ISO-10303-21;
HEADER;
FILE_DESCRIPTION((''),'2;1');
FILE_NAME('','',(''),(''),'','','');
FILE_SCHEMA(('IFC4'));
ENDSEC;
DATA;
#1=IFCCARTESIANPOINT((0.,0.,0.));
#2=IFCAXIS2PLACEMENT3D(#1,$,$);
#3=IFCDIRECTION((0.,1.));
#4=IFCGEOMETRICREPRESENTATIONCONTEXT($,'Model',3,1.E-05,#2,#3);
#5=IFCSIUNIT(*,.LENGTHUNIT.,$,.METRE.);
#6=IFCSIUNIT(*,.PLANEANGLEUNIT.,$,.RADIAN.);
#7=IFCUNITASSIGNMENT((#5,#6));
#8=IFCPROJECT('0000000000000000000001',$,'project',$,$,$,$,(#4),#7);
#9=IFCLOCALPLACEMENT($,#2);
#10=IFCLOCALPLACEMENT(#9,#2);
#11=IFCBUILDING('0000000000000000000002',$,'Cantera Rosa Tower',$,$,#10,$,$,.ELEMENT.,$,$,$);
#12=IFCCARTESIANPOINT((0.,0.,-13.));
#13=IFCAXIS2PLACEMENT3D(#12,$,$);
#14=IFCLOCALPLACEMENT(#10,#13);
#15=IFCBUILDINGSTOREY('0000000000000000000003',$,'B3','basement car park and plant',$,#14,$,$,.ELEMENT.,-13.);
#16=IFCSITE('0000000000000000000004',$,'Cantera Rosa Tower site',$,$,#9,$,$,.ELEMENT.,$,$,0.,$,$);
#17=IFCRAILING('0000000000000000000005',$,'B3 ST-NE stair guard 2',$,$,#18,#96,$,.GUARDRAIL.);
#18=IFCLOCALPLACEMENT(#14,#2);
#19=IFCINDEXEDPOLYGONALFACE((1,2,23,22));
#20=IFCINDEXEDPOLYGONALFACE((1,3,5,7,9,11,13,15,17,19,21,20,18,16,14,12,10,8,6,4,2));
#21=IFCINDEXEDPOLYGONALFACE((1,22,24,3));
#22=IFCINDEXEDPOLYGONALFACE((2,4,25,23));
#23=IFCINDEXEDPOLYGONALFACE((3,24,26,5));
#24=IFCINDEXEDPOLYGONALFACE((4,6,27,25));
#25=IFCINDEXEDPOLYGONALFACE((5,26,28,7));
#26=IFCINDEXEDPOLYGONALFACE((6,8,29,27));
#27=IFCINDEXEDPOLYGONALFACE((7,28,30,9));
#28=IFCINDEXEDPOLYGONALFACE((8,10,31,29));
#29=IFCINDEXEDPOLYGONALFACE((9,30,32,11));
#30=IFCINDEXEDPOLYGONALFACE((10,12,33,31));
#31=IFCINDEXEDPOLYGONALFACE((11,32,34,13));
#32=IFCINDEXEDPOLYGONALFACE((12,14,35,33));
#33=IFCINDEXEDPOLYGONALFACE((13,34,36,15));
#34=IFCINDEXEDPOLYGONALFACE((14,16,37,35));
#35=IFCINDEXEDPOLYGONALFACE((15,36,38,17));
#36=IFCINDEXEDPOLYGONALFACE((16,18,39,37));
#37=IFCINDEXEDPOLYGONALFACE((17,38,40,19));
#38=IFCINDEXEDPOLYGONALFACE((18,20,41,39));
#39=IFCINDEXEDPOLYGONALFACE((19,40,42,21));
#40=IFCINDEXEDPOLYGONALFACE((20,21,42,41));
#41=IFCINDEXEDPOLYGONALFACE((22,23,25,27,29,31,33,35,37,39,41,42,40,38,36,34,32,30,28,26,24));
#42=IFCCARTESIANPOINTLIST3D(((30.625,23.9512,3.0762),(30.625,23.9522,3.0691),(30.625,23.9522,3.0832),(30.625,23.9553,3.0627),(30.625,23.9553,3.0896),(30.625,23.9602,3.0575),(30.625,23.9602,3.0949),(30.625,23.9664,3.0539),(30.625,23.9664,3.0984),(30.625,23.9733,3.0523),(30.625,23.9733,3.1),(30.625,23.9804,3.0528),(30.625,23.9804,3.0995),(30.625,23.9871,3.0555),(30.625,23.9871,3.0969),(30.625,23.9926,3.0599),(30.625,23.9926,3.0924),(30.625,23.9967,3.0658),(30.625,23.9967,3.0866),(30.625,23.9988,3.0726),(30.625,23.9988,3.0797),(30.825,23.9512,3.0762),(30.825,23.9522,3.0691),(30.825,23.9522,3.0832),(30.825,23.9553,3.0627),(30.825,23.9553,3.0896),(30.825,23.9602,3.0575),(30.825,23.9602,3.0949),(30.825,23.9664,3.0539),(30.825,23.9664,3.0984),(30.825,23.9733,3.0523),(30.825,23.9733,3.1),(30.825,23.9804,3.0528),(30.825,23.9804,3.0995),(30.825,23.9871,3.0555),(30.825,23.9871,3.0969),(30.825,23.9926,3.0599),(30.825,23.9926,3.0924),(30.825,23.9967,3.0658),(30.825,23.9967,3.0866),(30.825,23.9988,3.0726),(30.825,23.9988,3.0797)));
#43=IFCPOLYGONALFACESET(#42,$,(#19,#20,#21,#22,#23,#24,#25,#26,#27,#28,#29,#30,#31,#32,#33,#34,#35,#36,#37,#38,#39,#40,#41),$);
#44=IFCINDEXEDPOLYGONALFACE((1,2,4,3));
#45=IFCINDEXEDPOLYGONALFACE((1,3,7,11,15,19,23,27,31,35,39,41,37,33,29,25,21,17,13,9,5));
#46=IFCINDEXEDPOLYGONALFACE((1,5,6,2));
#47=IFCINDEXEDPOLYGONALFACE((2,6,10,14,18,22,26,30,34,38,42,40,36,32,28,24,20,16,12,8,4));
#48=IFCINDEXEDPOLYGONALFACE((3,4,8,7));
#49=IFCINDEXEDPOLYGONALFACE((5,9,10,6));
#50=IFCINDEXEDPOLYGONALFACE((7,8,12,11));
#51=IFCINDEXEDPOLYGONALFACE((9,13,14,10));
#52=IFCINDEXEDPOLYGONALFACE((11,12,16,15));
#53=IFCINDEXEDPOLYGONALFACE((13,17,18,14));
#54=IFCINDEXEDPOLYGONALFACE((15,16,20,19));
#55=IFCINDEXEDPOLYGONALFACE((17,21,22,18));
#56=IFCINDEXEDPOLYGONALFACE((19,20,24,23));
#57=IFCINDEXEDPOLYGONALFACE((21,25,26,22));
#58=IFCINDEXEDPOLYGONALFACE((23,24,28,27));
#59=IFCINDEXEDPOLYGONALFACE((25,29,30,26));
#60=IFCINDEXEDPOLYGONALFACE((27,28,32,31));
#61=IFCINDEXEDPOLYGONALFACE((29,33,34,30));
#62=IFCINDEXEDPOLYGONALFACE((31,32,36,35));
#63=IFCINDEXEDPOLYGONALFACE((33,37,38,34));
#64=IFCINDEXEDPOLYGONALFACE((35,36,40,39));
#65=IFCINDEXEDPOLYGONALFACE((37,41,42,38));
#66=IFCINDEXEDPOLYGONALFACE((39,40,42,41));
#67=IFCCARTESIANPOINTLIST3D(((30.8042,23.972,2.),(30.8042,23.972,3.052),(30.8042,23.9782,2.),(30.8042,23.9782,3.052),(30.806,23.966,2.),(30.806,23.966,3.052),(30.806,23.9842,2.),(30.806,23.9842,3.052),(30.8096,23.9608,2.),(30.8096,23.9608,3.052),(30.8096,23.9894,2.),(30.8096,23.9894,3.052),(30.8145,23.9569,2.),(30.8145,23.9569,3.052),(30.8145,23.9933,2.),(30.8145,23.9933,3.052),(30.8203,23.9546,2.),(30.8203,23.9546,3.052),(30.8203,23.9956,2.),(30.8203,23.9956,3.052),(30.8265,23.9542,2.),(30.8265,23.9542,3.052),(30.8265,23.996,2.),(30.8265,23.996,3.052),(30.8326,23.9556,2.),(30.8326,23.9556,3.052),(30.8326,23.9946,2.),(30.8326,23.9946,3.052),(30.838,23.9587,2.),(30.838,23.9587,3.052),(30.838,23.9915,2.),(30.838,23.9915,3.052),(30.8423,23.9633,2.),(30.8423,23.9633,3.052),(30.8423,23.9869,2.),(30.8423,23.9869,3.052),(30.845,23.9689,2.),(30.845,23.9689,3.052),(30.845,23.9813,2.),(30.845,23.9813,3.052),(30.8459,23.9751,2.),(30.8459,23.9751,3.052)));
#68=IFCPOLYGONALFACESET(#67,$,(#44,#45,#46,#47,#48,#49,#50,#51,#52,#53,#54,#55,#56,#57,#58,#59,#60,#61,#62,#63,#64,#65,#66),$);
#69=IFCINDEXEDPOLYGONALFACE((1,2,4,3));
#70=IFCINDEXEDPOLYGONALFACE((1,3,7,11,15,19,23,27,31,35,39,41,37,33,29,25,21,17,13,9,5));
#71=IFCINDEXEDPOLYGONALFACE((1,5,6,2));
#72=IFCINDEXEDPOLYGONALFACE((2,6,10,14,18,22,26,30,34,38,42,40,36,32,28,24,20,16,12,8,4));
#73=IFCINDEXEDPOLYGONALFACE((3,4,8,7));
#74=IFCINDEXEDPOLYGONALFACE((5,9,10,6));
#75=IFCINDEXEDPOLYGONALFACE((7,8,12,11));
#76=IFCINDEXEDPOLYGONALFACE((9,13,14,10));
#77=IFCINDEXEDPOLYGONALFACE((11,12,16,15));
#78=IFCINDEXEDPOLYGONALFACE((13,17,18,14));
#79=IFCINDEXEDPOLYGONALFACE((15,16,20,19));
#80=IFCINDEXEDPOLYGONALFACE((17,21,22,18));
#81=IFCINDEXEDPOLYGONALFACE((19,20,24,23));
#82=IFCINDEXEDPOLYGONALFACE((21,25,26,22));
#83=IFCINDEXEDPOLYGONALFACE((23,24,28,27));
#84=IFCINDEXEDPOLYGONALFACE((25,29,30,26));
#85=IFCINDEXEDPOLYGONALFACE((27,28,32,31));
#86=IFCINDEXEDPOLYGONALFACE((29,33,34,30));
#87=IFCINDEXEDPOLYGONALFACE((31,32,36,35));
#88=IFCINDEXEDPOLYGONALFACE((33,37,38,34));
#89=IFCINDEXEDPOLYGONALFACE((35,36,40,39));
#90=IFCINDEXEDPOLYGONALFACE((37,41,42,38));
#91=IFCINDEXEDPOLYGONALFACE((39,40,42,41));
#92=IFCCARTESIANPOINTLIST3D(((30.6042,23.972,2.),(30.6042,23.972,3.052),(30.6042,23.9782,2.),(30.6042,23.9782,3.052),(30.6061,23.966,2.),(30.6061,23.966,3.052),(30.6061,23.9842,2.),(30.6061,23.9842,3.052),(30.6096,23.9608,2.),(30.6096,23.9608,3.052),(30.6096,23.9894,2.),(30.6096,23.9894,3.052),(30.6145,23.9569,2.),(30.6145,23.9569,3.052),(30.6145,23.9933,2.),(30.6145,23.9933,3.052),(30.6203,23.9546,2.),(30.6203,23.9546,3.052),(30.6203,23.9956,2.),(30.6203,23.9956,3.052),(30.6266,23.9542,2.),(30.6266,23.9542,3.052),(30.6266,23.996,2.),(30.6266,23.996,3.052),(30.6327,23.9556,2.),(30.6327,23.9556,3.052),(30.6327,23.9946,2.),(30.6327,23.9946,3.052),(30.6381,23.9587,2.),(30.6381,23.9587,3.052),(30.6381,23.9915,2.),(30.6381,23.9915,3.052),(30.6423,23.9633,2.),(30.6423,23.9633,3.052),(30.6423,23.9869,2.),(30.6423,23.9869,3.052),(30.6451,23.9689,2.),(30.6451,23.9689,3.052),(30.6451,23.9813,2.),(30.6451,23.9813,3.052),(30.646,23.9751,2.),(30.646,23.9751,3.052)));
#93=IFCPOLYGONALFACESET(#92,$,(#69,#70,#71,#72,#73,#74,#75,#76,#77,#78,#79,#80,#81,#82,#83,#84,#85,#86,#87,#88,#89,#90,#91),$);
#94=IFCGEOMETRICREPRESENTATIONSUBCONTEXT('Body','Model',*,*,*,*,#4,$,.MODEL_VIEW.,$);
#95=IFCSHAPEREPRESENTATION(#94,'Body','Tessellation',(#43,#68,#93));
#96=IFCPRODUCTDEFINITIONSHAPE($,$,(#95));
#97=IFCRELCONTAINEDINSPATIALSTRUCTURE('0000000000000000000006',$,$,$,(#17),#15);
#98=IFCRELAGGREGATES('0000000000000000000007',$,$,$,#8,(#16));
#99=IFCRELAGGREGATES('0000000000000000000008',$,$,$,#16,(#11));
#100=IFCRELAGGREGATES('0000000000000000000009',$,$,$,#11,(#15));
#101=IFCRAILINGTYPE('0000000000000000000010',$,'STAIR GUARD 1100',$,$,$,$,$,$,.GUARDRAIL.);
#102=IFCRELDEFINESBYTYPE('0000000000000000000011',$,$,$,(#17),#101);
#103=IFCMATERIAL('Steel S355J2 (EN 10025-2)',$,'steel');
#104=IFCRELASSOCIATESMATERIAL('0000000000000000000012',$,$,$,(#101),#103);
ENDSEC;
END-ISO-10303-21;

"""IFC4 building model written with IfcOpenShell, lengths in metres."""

from ifc_helpers import new_model, si_unit, direction, frame, origin, origin_2d, place, context, subcontext, project, spatial, circle, extrude, material, type_object, element, save


model = new_model("IFC4")

# Units and contexts
model_context = context("Model", 3, precision=1e-05, world=origin(), true_north=direction((0.0, 1.0)))
body_context = subcontext(model_context, "Body", "Model", "MODEL_VIEW")
ifc_project = project(units=[si_unit("LENGTHUNIT", "METRE"), si_unit("PLANEANGLEUNIT", "RADIAN")], contexts=[model_context])

# Site, building, storey
site_placement = place(None, origin())
site = spatial("IfcSite", under=ifc_project, at=site_placement, Name="Cantera Rosa Tower site", CompositionType="ELEMENT", RefElevation=0.0)
building_placement = place(site_placement, origin())
building = spatial("IfcBuilding", under=site, at=building_placement, Name="Cantera Rosa Tower", CompositionType="ELEMENT")
storey_placement = place(building_placement, frame((0.0, 0.0, -13.0)))
storey = spatial("IfcBuildingStorey", under=building, at=storey_placement, Name="B3", Description="basement car park and plant", CompositionType="ELEMENT", Elevation=-13.0)

# Railing
ifc_material_1 = material(Name="Steel S355J2 (EN 10025-2)", Category="steel")
railing_type_1 = type_object("IfcRailingType", Name="STAIR GUARD 1100", PredefinedType="GUARDRAIL", material=ifc_material_1)
railing_1_placement = place(storey_placement, frame((30.825, 23.9751, 2.0)))
element("IfcRailing", 1, at=railing_1_placement, inside=storey, type_object=railing_type_1, Name="B3 ST-NE stair guard 2", PredefinedType="GUARDRAIL", context=body_context, shape_type="SweptSolid", body=[
    extrude(circle(Radius=0.0239, at=origin_2d()), frame((0.0, 0.0, 1.0762), z_axis=(-1.0, 0.0, 0.0), x_axis=(0.0, -1.0, 0.0)), (0.0, 0.0, 1.0), 0.2),
    extrude(circle(Radius=0.021, at=origin_2d()), origin(), (0.0, 0.0, 1.0), 1.052),
    extrude(circle(Radius=0.021, at=origin_2d()), frame((-0.2, 0.0, 0.0)), (0.0, 0.0, 1.0), 1.052),
])

save(model, "model.ifc")
